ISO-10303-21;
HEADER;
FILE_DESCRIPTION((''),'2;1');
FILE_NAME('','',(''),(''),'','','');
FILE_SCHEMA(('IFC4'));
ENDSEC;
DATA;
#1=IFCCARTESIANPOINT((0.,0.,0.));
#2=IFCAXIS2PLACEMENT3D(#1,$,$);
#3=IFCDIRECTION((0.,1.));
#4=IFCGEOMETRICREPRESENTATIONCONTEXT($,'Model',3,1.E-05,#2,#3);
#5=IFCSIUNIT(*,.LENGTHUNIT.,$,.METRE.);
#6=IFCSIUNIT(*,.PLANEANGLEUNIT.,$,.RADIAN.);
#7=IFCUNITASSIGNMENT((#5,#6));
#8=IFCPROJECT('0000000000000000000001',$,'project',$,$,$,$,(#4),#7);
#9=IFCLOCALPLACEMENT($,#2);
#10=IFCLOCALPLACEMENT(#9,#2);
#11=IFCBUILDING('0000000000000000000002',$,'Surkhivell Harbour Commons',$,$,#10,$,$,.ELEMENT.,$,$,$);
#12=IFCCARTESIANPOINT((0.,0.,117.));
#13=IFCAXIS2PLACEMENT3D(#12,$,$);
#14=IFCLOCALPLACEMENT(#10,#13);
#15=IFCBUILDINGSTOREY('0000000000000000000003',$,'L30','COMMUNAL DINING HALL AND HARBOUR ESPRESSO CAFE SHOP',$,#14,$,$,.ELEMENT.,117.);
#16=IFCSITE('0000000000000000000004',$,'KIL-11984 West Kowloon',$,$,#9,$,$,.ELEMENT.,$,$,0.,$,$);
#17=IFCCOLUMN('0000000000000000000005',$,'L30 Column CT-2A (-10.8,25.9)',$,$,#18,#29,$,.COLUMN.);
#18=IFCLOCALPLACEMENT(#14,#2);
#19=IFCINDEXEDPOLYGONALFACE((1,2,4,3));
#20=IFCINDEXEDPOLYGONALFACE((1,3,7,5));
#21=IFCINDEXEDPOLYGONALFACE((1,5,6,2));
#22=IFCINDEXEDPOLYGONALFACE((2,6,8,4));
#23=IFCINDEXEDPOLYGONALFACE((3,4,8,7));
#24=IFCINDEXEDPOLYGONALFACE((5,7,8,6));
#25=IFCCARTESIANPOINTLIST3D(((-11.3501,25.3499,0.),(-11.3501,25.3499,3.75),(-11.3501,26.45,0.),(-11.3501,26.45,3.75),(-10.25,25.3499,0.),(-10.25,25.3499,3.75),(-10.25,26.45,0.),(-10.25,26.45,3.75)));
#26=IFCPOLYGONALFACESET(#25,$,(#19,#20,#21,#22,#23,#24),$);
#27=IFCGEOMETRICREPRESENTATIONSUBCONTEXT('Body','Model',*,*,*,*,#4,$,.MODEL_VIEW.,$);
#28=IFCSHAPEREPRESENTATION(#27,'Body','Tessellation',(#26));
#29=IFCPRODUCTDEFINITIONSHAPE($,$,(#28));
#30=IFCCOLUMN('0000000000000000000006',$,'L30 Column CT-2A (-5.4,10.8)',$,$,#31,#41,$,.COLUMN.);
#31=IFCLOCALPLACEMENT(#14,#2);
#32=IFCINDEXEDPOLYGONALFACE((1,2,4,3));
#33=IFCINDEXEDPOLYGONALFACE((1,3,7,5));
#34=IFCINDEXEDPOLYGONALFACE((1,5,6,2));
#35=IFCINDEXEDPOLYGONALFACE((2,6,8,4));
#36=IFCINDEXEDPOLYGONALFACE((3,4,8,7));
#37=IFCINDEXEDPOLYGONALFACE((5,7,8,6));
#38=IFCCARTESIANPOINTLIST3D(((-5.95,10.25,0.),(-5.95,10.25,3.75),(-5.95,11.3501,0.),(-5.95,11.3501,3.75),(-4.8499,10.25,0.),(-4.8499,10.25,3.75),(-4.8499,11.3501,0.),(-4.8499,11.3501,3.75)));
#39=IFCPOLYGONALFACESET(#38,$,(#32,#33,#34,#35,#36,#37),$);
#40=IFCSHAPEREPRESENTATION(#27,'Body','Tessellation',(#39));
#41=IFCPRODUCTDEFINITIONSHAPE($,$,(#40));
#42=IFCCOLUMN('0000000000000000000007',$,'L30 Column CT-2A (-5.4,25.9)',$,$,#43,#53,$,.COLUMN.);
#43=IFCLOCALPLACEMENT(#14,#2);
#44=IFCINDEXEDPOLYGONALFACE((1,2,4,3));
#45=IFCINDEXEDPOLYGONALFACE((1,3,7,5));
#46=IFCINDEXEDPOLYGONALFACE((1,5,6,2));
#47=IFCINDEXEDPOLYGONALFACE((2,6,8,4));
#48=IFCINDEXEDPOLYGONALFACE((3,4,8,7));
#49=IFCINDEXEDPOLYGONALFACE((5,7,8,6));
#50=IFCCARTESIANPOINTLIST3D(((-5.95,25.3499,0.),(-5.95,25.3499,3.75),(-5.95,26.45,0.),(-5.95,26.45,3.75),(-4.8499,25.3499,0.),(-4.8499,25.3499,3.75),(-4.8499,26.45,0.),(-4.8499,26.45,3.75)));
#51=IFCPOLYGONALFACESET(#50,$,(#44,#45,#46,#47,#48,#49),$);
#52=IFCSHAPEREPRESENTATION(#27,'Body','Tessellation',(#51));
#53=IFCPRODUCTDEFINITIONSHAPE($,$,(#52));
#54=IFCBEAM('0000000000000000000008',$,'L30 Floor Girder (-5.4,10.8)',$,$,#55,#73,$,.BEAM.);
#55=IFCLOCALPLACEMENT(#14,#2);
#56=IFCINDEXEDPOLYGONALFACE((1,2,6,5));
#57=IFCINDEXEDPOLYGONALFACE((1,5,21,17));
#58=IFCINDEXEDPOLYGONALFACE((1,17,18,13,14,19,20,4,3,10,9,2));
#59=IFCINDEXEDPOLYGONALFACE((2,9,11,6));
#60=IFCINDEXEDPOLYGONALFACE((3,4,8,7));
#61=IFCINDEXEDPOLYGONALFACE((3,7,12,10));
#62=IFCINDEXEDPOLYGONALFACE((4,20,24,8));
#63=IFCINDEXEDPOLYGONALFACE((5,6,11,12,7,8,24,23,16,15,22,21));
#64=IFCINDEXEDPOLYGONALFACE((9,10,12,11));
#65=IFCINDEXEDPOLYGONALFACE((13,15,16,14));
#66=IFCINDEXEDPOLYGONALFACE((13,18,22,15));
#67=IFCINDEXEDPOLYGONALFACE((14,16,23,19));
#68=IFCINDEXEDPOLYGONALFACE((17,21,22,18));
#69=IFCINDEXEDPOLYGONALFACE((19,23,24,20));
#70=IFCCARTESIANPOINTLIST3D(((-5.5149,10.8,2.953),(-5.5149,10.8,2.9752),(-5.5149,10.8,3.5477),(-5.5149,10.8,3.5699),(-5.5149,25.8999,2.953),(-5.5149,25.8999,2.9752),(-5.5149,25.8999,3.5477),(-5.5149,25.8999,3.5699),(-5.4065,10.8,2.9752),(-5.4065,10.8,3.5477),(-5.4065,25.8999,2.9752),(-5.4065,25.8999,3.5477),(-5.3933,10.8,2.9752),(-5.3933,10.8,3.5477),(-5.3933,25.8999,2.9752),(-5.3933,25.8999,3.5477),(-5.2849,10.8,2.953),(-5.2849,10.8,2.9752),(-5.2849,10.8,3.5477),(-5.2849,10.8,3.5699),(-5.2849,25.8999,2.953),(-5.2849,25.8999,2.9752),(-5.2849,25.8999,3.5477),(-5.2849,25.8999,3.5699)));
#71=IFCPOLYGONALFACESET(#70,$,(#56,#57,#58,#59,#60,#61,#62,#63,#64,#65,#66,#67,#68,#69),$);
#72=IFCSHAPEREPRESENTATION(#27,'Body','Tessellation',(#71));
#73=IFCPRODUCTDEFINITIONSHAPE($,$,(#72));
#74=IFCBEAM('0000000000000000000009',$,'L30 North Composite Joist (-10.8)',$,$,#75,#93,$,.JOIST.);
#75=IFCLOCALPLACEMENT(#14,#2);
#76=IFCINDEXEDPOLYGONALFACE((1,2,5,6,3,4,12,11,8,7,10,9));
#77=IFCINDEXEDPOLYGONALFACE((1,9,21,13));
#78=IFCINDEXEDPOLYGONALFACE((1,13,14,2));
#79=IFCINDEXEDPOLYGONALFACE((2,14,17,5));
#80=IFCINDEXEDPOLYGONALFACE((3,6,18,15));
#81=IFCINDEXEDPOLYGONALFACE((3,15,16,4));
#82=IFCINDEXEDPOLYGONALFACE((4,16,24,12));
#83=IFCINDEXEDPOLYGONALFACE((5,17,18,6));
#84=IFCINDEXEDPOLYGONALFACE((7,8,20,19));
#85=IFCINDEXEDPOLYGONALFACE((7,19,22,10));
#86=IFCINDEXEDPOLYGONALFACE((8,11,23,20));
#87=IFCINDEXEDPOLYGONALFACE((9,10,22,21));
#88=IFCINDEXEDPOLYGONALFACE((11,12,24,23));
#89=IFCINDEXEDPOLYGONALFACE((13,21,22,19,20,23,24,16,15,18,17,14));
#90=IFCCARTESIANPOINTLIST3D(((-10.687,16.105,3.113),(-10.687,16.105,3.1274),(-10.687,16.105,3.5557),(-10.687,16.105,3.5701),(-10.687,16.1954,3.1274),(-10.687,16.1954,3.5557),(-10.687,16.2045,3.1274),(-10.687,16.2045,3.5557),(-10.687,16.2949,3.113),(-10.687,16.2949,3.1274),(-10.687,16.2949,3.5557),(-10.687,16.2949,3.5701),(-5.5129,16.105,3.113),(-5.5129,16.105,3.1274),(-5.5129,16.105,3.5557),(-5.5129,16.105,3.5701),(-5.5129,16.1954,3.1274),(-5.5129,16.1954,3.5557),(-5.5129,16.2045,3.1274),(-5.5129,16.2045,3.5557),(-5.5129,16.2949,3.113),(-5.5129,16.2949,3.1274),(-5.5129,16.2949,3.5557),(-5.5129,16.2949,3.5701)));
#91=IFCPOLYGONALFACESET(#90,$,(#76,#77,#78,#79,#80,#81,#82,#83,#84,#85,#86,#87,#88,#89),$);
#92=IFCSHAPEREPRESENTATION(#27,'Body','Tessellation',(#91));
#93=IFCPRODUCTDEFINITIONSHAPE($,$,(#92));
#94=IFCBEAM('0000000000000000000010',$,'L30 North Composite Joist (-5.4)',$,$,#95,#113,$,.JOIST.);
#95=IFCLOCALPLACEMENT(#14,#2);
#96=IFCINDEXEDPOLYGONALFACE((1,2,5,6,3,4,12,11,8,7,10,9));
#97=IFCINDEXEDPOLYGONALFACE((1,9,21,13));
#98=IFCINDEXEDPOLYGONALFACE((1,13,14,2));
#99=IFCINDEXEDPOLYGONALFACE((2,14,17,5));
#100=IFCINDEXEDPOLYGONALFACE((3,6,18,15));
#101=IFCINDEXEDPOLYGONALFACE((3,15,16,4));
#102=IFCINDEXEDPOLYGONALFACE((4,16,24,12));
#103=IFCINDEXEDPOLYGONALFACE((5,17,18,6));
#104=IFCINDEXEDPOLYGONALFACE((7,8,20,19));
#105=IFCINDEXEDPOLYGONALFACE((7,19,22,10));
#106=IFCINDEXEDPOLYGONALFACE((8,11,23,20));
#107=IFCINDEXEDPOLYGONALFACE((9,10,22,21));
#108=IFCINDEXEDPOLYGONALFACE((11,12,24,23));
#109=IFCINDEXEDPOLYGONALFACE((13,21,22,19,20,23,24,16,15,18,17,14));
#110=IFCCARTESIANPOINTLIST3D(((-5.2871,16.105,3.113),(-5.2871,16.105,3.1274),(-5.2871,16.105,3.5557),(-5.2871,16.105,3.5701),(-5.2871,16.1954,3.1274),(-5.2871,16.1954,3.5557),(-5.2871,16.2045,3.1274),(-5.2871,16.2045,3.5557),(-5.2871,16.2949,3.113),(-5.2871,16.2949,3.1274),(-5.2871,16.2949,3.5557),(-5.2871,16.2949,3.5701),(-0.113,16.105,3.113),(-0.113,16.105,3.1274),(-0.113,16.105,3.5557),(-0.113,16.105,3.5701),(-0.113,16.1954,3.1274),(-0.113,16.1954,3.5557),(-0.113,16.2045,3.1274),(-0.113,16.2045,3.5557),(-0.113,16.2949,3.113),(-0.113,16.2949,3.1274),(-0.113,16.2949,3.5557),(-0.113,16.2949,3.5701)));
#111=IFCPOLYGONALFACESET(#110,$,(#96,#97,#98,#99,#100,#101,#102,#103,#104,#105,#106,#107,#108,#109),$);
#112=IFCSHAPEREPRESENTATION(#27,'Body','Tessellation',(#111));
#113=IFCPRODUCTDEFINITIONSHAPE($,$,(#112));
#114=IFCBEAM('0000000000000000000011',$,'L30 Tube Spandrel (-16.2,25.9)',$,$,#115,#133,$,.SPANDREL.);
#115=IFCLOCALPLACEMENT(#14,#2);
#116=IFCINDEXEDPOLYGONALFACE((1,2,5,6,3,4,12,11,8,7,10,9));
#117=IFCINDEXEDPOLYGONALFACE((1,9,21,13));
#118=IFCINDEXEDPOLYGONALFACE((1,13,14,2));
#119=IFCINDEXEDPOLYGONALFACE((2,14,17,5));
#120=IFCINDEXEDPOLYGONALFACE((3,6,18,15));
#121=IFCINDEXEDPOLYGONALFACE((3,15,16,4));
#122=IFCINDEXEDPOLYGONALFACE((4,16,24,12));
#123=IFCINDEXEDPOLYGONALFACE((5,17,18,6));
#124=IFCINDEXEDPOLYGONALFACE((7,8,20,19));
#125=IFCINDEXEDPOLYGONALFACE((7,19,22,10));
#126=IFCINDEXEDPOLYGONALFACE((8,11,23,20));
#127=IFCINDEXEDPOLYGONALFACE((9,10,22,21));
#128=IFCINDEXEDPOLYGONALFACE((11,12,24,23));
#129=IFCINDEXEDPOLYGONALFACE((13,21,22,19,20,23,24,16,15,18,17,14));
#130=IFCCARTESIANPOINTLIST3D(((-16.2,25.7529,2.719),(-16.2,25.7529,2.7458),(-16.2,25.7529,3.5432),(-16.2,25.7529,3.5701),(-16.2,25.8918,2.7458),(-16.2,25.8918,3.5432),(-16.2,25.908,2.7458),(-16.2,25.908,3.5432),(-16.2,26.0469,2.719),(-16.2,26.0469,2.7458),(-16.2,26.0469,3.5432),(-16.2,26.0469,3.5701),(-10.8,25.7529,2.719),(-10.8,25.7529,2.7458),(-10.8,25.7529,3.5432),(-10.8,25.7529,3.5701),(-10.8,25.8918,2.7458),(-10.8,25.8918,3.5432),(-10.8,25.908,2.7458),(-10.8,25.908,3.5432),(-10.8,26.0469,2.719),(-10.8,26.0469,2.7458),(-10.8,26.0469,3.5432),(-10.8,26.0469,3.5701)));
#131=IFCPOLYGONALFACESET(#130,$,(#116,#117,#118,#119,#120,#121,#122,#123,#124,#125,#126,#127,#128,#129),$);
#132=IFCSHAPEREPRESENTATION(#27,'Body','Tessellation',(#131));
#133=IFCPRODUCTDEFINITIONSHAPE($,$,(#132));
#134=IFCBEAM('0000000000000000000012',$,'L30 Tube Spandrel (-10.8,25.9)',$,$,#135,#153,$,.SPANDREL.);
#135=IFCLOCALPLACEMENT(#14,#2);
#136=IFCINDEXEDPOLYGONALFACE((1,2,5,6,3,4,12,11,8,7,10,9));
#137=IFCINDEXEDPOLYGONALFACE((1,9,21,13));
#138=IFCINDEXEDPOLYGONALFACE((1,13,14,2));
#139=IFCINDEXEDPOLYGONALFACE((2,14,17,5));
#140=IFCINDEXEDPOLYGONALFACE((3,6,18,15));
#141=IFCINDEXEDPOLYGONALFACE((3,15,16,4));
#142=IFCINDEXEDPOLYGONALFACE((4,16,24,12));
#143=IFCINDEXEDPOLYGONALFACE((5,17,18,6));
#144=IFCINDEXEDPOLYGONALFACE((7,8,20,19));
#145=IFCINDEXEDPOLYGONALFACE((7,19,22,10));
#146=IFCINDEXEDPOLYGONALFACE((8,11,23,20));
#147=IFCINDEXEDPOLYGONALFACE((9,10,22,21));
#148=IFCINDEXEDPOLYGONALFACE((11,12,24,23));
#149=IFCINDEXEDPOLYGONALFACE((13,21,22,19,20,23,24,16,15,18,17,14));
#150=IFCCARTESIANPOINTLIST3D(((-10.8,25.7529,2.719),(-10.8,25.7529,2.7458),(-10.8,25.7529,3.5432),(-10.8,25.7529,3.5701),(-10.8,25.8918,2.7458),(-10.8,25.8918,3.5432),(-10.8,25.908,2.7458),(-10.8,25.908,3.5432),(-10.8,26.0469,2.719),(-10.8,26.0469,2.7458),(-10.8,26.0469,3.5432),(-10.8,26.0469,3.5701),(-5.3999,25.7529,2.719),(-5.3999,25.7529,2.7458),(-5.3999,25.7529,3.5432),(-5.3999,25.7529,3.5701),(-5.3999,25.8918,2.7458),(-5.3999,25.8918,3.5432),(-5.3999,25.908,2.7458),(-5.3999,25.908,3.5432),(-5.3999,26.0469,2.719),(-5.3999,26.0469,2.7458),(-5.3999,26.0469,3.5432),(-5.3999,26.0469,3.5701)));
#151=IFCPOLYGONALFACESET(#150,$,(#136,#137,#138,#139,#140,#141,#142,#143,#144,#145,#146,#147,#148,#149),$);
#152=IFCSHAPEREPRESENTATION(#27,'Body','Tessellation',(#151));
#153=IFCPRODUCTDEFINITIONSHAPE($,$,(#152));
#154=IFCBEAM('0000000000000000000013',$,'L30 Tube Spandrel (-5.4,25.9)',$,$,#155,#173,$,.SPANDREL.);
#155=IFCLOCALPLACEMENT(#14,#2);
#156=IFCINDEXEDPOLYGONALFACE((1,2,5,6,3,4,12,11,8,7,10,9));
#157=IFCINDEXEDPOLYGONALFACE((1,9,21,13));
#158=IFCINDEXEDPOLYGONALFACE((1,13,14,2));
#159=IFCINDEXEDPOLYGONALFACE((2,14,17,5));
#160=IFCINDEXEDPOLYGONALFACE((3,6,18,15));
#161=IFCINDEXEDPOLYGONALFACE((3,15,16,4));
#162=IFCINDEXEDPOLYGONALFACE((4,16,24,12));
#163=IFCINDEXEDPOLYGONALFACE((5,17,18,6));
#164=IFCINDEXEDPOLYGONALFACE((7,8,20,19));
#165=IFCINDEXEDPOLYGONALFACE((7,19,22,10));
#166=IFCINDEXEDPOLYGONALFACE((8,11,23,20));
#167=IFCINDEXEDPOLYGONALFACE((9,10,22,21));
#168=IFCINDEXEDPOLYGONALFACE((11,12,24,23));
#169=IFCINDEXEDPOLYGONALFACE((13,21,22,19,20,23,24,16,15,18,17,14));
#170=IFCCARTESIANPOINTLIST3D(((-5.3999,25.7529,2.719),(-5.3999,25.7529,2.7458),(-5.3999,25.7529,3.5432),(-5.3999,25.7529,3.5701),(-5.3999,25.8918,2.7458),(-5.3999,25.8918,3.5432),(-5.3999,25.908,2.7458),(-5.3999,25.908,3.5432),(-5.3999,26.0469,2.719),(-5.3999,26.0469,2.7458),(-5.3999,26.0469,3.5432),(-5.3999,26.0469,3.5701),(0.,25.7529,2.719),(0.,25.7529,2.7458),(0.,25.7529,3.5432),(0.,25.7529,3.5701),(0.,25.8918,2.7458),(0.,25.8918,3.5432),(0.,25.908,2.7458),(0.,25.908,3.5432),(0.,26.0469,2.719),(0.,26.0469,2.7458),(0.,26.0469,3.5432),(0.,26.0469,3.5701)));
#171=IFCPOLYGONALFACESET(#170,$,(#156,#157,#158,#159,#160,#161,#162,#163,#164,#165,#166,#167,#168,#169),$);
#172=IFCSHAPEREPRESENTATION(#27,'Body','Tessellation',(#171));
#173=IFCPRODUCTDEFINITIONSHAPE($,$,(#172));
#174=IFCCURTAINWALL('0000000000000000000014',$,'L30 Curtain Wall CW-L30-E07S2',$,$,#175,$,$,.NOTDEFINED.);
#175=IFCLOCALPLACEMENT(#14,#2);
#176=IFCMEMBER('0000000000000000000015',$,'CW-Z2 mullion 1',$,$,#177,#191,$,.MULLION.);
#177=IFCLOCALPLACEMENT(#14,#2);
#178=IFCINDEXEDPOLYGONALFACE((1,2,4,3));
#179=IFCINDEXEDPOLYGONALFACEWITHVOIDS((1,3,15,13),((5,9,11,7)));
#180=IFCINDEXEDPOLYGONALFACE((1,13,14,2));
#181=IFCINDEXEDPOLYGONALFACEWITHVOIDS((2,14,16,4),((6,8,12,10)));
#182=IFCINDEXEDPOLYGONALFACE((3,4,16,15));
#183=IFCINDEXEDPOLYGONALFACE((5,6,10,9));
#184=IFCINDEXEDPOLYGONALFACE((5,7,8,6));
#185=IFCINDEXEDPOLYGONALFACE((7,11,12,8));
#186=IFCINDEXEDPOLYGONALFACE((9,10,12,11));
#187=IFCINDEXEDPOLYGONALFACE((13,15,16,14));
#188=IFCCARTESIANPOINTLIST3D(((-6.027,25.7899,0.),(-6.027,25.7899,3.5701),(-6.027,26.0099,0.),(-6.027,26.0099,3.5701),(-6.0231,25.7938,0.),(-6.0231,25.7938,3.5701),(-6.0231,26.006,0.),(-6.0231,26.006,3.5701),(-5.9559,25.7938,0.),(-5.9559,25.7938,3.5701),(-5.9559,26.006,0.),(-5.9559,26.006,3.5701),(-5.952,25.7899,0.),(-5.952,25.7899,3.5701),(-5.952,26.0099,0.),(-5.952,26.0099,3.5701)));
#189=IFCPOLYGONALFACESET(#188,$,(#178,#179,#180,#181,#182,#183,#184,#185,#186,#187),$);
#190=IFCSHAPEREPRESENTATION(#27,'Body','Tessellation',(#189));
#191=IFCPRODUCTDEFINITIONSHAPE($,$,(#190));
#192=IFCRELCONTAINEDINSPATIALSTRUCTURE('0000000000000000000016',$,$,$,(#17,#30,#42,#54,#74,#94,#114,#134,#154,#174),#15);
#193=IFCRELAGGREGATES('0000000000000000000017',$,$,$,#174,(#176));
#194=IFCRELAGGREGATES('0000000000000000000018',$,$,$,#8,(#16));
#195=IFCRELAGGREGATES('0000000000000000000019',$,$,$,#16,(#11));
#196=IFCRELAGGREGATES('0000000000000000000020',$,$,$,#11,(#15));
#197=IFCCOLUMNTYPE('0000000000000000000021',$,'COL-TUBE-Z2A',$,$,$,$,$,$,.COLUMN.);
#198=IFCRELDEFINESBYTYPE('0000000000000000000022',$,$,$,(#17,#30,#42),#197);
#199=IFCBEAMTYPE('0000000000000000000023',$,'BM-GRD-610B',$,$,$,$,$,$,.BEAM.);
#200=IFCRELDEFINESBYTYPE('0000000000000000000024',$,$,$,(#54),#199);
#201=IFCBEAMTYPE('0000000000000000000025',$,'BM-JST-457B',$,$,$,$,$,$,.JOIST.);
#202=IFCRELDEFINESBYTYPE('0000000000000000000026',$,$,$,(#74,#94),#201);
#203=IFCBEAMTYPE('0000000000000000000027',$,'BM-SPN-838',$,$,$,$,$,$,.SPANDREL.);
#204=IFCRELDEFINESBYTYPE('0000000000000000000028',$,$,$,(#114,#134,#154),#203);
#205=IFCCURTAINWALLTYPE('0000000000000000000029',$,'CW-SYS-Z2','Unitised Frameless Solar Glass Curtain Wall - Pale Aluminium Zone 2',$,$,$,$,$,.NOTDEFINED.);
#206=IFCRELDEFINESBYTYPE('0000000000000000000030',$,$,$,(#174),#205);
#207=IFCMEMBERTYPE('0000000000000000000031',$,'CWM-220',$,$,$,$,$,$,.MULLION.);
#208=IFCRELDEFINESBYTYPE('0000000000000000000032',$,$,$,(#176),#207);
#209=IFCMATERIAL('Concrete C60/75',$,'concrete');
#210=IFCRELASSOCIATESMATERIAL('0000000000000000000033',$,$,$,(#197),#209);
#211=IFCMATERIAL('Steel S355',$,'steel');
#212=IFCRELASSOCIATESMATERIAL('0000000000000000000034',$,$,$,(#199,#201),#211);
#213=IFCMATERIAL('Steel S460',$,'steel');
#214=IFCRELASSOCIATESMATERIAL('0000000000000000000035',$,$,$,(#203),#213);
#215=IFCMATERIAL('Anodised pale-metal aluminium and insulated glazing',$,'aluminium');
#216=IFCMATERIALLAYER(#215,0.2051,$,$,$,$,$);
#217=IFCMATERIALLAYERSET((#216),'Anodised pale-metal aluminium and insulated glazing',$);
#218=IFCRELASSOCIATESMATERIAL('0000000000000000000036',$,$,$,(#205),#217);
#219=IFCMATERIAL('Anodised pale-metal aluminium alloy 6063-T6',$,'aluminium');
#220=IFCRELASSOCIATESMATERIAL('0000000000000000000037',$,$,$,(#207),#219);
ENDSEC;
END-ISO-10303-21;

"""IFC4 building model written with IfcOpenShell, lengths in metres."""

from ifc_helpers import new_model, si_unit, direction, frame, origin, origin_2d, place, context, subcontext, project, spatial, rectangle, hollow_rectangle, i_section, extrude, material, layer, layer_set, material_profile, profile_set, type_object, element, aggregate, save


model = new_model("IFC4")

# Units and contexts
model_context = context("Model", 3, precision=1e-05, world=origin(), true_north=direction((0.0, 1.0)))
body_context = subcontext(model_context, "Body", "Model", "MODEL_VIEW")
ifc_project = project(units=[si_unit("LENGTHUNIT", "METRE"), si_unit("PLANEANGLEUNIT", "RADIAN")], contexts=[model_context])

# Site, building, storey
site_placement = place(None, origin())
site = spatial("IfcSite", under=ifc_project, at=site_placement, Name="KIL-11984 West Kowloon", CompositionType="ELEMENT", RefElevation=0.0)
building_placement = place(site_placement, origin())
building = spatial("IfcBuilding", under=site, at=building_placement, Name="Surkhivell Harbour Commons", CompositionType="ELEMENT")
storey_placement = place(building_placement, frame((0.0, 0.0, 117.0)))
storey = spatial("IfcBuildingStorey", under=building, at=storey_placement, Name="L30", Description="COMMUNAL DINING HALL AND HARBOUR ESPRESSO CAFE SHOP", CompositionType="ELEMENT", Elevation=117.0)

# Columns
ifc_material_1 = material(Name="Concrete C60/75", Category="concrete")
ifc_material_profile_1 = material_profile(ifc_material_1, rectangle(XDim=1.1001, YDim=1.1001, at=origin_2d()), Name="RC-COL-1100x1100")
ifc_profile_set_1 = profile_set([ifc_material_profile_1], Name="Concrete C60/75")
column_type = type_object("IfcColumnType", Name="COL-TUBE-Z2A", PredefinedType="COLUMN", material=ifc_profile_set_1)
for number, where, z_axis, x_axis, name in (
    (1, (-10.8, 25.8999, 0.0), (0.0, 0.0, 1.0), (1.0, 0.0, 0.0), "L30 Column CT-2A (-10.8,25.9)"),
    (2, (-5.3999, 10.8, 0.0), (0.0, 0.0, 1.0), (1.0, 0.0, 0.0), "L30 Column CT-2A (-5.4,10.8)"),
    (3, (-5.3999, 25.8999, 0.0), (0.0, 0.0, 1.0), (1.0, 0.0, 0.0), "L30 Column CT-2A (-5.4,25.9)"),
):
    element("IfcColumn", number, at=place(storey_placement, frame(where, z_axis=z_axis, x_axis=x_axis)), inside=storey, type_object=column_type, Name=name, PredefinedType="COLUMN", context=body_context, shape_type="SweptSolid", body=[
        extrude(rectangle(XDim=1.1001, YDim=1.1001, at=origin_2d()), origin(), (0.0, 0.0, 1.0), 3.75),
    ])

# Beams
ifc_material_2 = material(Name="Steel S355", Category="steel")
ifc_material_profile_2 = material_profile(ifc_material_2, i_section(OverallWidth=0.23, OverallDepth=0.6169, WebThickness=0.0132, FlangeThickness=0.0222, at=origin_2d()), Name="UB610x229x140")
ifc_profile_set_2 = profile_set([ifc_material_profile_2], Name="Steel S355")
beam_type_1 = type_object("IfcBeamType", Name="BM-GRD-610B", PredefinedType="BEAM", material=ifc_profile_set_2)
beam_1_placement = place(storey_placement, frame((-5.3999, 10.8, 3.2615), z_axis=(0.0, 1.0, 0.0), x_axis=(-1.0, 0.0, 0.0)))
element("IfcBeam", 4, at=beam_1_placement, inside=storey, type_object=beam_type_1, Name="L30 Floor Girder (-5.4,10.8)", PredefinedType="BEAM", context=body_context, shape_type="SweptSolid", body=[
    extrude(i_section(OverallWidth=0.23, OverallDepth=0.6169, WebThickness=0.0132, FlangeThickness=0.0222, at=origin_2d()), origin(), (0.0, 0.0, 1.0), 15.0999),
])
ifc_material_profile_3 = material_profile(ifc_material_2, i_section(OverallWidth=0.1899, OverallDepth=0.457, WebThickness=0.009, FlangeThickness=0.0144, at=origin_2d()), Name="UB457x191x74")
ifc_profile_set_3 = profile_set([ifc_material_profile_3], Name="Steel S355")
beam_type_2 = type_object("IfcBeamType", Name="BM-JST-457B", PredefinedType="JOIST", material=ifc_profile_set_3)
for number, where, z_axis, x_axis, name in (
    (5, (-10.687, 16.2, 3.3416), (1.0, 0.0, 0.0), (0.0, 1.0, 0.0), "L30 North Composite Joist (-10.8)"),
    (6, (-5.2871, 16.2, 3.3416), (1.0, 0.0, 0.0), (0.0, 1.0, 0.0), "L30 North Composite Joist (-5.4)"),
):
    element("IfcBeam", number, at=place(storey_placement, frame(where, z_axis=z_axis, x_axis=x_axis)), inside=storey, type_object=beam_type_2, Name=name, PredefinedType="JOIST", context=body_context, shape_type="SweptSolid", body=[
        extrude(i_section(OverallWidth=0.1899, OverallDepth=0.457, WebThickness=0.009, FlangeThickness=0.0144, at=origin_2d()), origin(), (0.0, 0.0, 1.0), 5.1741),
    ])
ifc_material_3 = material(Name="Steel S460", Category="steel")
ifc_material_profile_4 = material_profile(ifc_material_3, i_section(OverallWidth=0.2939, OverallDepth=0.8511, WebThickness=0.0161, FlangeThickness=0.0269, at=origin_2d()), Name="UB838x292x226")
ifc_profile_set_4 = profile_set([ifc_material_profile_4], Name="Steel S460")
beam_type_3 = type_object("IfcBeamType", Name="BM-SPN-838", PredefinedType="SPANDREL", material=ifc_profile_set_4)
beam_2_placement = place(storey_placement, frame((-16.2, 25.8999, 3.1445), z_axis=(1.0, 0.0, 0.0), x_axis=(0.0, 1.0, 0.0)))
element("IfcBeam", 7, at=beam_2_placement, inside=storey, type_object=beam_type_3, Name="L30 Tube Spandrel (-16.2,25.9)", PredefinedType="SPANDREL", context=body_context, shape_type="SweptSolid", body=[
    extrude(i_section(OverallWidth=0.2939, OverallDepth=0.8511, WebThickness=0.0161, FlangeThickness=0.0269, at=origin_2d()), origin(), (0.0, 0.0, 1.0), 5.3999),
])
beam_3_placement = place(storey_placement, frame((-10.8, 25.8999, 3.1445), z_axis=(1.0, 0.0, 0.0), x_axis=(0.0, 1.0, 0.0)))
element("IfcBeam", 8, at=beam_3_placement, inside=storey, type_object=beam_type_3, Name="L30 Tube Spandrel (-10.8,25.9)", PredefinedType="SPANDREL", context=body_context, shape_type="SweptSolid", body=[
    extrude(i_section(OverallWidth=0.2939, OverallDepth=0.8511, WebThickness=0.0161, FlangeThickness=0.0269, at=origin_2d()), origin(), (0.0, 0.0, 1.0), 5.4001),
])
beam_4_placement = place(storey_placement, frame((-5.3999, 25.8999, 3.1445), z_axis=(1.0, 0.0, 0.0), x_axis=(0.0, 1.0, 0.0)))
element("IfcBeam", 9, at=beam_4_placement, inside=storey, type_object=beam_type_3, Name="L30 Tube Spandrel (-5.4,25.9)", PredefinedType="SPANDREL", context=body_context, shape_type="SweptSolid", body=[
    extrude(i_section(OverallWidth=0.2939, OverallDepth=0.8511, WebThickness=0.0161, FlangeThickness=0.0269, at=origin_2d()), origin(), (0.0, 0.0, 1.0), 5.3999),
])

# Curtain wall, member
ifc_material_4 = material(Name="Anodised pale-metal aluminium and insulated glazing", Category="aluminium")
ifc_layer_1 = layer(ifc_material_4, 0.2051)
ifc_layer_set_1 = layer_set([ifc_layer_1], Name="Anodised pale-metal aluminium and insulated glazing")
curtain_wall_type = type_object("IfcCurtainWallType", Name="CW-SYS-Z2", Description="Unitised Frameless Solar Glass Curtain Wall - Pale Aluminium Zone 2", PredefinedType="NOTDEFINED", material=ifc_layer_set_1)
curtain_wall_placement = place(storey_placement, origin())
curtain_wall = element("IfcCurtainWall", 10, at=curtain_wall_placement, inside=storey, type_object=curtain_wall_type, Name="L30 Curtain Wall CW-L30-E07S2", PredefinedType="NOTDEFINED")
ifc_material_5 = material(Name="Anodised pale-metal aluminium alloy 6063-T6", Category="aluminium")
ifc_material_profile_5 = material_profile(ifc_material_5, hollow_rectangle(XDim=0.075, YDim=0.22, WallThickness=0.0039, at=origin_2d()), Name="ALU-MULL-75x220")
ifc_profile_set_5 = profile_set([ifc_material_profile_5], Name="Anodised pale-metal aluminium alloy 6063-T6")
member_type_1 = type_object("IfcMemberType", Name="CWM-220", PredefinedType="MULLION", material=ifc_profile_set_5)
member_1_placement = place(storey_placement, frame((-5.9895, 25.8999, 0.0), z_axis=(0.0, 0.0, 1.0), x_axis=(-1.0, 0.0, 0.0)))
member_1 = element("IfcMember", 11, at=member_1_placement, type_object=member_type_1, Name="CW-Z2 mullion 1", PredefinedType="MULLION", context=body_context, shape_type="SweptSolid", body=[
    extrude(hollow_rectangle(XDim=0.075, YDim=0.22, WallThickness=0.0039, at=origin_2d()), origin(), (0.0, 0.0, 1.0), 3.5701),
])

aggregate(curtain_wall, [member_1])

save(model, "model.ifc")
